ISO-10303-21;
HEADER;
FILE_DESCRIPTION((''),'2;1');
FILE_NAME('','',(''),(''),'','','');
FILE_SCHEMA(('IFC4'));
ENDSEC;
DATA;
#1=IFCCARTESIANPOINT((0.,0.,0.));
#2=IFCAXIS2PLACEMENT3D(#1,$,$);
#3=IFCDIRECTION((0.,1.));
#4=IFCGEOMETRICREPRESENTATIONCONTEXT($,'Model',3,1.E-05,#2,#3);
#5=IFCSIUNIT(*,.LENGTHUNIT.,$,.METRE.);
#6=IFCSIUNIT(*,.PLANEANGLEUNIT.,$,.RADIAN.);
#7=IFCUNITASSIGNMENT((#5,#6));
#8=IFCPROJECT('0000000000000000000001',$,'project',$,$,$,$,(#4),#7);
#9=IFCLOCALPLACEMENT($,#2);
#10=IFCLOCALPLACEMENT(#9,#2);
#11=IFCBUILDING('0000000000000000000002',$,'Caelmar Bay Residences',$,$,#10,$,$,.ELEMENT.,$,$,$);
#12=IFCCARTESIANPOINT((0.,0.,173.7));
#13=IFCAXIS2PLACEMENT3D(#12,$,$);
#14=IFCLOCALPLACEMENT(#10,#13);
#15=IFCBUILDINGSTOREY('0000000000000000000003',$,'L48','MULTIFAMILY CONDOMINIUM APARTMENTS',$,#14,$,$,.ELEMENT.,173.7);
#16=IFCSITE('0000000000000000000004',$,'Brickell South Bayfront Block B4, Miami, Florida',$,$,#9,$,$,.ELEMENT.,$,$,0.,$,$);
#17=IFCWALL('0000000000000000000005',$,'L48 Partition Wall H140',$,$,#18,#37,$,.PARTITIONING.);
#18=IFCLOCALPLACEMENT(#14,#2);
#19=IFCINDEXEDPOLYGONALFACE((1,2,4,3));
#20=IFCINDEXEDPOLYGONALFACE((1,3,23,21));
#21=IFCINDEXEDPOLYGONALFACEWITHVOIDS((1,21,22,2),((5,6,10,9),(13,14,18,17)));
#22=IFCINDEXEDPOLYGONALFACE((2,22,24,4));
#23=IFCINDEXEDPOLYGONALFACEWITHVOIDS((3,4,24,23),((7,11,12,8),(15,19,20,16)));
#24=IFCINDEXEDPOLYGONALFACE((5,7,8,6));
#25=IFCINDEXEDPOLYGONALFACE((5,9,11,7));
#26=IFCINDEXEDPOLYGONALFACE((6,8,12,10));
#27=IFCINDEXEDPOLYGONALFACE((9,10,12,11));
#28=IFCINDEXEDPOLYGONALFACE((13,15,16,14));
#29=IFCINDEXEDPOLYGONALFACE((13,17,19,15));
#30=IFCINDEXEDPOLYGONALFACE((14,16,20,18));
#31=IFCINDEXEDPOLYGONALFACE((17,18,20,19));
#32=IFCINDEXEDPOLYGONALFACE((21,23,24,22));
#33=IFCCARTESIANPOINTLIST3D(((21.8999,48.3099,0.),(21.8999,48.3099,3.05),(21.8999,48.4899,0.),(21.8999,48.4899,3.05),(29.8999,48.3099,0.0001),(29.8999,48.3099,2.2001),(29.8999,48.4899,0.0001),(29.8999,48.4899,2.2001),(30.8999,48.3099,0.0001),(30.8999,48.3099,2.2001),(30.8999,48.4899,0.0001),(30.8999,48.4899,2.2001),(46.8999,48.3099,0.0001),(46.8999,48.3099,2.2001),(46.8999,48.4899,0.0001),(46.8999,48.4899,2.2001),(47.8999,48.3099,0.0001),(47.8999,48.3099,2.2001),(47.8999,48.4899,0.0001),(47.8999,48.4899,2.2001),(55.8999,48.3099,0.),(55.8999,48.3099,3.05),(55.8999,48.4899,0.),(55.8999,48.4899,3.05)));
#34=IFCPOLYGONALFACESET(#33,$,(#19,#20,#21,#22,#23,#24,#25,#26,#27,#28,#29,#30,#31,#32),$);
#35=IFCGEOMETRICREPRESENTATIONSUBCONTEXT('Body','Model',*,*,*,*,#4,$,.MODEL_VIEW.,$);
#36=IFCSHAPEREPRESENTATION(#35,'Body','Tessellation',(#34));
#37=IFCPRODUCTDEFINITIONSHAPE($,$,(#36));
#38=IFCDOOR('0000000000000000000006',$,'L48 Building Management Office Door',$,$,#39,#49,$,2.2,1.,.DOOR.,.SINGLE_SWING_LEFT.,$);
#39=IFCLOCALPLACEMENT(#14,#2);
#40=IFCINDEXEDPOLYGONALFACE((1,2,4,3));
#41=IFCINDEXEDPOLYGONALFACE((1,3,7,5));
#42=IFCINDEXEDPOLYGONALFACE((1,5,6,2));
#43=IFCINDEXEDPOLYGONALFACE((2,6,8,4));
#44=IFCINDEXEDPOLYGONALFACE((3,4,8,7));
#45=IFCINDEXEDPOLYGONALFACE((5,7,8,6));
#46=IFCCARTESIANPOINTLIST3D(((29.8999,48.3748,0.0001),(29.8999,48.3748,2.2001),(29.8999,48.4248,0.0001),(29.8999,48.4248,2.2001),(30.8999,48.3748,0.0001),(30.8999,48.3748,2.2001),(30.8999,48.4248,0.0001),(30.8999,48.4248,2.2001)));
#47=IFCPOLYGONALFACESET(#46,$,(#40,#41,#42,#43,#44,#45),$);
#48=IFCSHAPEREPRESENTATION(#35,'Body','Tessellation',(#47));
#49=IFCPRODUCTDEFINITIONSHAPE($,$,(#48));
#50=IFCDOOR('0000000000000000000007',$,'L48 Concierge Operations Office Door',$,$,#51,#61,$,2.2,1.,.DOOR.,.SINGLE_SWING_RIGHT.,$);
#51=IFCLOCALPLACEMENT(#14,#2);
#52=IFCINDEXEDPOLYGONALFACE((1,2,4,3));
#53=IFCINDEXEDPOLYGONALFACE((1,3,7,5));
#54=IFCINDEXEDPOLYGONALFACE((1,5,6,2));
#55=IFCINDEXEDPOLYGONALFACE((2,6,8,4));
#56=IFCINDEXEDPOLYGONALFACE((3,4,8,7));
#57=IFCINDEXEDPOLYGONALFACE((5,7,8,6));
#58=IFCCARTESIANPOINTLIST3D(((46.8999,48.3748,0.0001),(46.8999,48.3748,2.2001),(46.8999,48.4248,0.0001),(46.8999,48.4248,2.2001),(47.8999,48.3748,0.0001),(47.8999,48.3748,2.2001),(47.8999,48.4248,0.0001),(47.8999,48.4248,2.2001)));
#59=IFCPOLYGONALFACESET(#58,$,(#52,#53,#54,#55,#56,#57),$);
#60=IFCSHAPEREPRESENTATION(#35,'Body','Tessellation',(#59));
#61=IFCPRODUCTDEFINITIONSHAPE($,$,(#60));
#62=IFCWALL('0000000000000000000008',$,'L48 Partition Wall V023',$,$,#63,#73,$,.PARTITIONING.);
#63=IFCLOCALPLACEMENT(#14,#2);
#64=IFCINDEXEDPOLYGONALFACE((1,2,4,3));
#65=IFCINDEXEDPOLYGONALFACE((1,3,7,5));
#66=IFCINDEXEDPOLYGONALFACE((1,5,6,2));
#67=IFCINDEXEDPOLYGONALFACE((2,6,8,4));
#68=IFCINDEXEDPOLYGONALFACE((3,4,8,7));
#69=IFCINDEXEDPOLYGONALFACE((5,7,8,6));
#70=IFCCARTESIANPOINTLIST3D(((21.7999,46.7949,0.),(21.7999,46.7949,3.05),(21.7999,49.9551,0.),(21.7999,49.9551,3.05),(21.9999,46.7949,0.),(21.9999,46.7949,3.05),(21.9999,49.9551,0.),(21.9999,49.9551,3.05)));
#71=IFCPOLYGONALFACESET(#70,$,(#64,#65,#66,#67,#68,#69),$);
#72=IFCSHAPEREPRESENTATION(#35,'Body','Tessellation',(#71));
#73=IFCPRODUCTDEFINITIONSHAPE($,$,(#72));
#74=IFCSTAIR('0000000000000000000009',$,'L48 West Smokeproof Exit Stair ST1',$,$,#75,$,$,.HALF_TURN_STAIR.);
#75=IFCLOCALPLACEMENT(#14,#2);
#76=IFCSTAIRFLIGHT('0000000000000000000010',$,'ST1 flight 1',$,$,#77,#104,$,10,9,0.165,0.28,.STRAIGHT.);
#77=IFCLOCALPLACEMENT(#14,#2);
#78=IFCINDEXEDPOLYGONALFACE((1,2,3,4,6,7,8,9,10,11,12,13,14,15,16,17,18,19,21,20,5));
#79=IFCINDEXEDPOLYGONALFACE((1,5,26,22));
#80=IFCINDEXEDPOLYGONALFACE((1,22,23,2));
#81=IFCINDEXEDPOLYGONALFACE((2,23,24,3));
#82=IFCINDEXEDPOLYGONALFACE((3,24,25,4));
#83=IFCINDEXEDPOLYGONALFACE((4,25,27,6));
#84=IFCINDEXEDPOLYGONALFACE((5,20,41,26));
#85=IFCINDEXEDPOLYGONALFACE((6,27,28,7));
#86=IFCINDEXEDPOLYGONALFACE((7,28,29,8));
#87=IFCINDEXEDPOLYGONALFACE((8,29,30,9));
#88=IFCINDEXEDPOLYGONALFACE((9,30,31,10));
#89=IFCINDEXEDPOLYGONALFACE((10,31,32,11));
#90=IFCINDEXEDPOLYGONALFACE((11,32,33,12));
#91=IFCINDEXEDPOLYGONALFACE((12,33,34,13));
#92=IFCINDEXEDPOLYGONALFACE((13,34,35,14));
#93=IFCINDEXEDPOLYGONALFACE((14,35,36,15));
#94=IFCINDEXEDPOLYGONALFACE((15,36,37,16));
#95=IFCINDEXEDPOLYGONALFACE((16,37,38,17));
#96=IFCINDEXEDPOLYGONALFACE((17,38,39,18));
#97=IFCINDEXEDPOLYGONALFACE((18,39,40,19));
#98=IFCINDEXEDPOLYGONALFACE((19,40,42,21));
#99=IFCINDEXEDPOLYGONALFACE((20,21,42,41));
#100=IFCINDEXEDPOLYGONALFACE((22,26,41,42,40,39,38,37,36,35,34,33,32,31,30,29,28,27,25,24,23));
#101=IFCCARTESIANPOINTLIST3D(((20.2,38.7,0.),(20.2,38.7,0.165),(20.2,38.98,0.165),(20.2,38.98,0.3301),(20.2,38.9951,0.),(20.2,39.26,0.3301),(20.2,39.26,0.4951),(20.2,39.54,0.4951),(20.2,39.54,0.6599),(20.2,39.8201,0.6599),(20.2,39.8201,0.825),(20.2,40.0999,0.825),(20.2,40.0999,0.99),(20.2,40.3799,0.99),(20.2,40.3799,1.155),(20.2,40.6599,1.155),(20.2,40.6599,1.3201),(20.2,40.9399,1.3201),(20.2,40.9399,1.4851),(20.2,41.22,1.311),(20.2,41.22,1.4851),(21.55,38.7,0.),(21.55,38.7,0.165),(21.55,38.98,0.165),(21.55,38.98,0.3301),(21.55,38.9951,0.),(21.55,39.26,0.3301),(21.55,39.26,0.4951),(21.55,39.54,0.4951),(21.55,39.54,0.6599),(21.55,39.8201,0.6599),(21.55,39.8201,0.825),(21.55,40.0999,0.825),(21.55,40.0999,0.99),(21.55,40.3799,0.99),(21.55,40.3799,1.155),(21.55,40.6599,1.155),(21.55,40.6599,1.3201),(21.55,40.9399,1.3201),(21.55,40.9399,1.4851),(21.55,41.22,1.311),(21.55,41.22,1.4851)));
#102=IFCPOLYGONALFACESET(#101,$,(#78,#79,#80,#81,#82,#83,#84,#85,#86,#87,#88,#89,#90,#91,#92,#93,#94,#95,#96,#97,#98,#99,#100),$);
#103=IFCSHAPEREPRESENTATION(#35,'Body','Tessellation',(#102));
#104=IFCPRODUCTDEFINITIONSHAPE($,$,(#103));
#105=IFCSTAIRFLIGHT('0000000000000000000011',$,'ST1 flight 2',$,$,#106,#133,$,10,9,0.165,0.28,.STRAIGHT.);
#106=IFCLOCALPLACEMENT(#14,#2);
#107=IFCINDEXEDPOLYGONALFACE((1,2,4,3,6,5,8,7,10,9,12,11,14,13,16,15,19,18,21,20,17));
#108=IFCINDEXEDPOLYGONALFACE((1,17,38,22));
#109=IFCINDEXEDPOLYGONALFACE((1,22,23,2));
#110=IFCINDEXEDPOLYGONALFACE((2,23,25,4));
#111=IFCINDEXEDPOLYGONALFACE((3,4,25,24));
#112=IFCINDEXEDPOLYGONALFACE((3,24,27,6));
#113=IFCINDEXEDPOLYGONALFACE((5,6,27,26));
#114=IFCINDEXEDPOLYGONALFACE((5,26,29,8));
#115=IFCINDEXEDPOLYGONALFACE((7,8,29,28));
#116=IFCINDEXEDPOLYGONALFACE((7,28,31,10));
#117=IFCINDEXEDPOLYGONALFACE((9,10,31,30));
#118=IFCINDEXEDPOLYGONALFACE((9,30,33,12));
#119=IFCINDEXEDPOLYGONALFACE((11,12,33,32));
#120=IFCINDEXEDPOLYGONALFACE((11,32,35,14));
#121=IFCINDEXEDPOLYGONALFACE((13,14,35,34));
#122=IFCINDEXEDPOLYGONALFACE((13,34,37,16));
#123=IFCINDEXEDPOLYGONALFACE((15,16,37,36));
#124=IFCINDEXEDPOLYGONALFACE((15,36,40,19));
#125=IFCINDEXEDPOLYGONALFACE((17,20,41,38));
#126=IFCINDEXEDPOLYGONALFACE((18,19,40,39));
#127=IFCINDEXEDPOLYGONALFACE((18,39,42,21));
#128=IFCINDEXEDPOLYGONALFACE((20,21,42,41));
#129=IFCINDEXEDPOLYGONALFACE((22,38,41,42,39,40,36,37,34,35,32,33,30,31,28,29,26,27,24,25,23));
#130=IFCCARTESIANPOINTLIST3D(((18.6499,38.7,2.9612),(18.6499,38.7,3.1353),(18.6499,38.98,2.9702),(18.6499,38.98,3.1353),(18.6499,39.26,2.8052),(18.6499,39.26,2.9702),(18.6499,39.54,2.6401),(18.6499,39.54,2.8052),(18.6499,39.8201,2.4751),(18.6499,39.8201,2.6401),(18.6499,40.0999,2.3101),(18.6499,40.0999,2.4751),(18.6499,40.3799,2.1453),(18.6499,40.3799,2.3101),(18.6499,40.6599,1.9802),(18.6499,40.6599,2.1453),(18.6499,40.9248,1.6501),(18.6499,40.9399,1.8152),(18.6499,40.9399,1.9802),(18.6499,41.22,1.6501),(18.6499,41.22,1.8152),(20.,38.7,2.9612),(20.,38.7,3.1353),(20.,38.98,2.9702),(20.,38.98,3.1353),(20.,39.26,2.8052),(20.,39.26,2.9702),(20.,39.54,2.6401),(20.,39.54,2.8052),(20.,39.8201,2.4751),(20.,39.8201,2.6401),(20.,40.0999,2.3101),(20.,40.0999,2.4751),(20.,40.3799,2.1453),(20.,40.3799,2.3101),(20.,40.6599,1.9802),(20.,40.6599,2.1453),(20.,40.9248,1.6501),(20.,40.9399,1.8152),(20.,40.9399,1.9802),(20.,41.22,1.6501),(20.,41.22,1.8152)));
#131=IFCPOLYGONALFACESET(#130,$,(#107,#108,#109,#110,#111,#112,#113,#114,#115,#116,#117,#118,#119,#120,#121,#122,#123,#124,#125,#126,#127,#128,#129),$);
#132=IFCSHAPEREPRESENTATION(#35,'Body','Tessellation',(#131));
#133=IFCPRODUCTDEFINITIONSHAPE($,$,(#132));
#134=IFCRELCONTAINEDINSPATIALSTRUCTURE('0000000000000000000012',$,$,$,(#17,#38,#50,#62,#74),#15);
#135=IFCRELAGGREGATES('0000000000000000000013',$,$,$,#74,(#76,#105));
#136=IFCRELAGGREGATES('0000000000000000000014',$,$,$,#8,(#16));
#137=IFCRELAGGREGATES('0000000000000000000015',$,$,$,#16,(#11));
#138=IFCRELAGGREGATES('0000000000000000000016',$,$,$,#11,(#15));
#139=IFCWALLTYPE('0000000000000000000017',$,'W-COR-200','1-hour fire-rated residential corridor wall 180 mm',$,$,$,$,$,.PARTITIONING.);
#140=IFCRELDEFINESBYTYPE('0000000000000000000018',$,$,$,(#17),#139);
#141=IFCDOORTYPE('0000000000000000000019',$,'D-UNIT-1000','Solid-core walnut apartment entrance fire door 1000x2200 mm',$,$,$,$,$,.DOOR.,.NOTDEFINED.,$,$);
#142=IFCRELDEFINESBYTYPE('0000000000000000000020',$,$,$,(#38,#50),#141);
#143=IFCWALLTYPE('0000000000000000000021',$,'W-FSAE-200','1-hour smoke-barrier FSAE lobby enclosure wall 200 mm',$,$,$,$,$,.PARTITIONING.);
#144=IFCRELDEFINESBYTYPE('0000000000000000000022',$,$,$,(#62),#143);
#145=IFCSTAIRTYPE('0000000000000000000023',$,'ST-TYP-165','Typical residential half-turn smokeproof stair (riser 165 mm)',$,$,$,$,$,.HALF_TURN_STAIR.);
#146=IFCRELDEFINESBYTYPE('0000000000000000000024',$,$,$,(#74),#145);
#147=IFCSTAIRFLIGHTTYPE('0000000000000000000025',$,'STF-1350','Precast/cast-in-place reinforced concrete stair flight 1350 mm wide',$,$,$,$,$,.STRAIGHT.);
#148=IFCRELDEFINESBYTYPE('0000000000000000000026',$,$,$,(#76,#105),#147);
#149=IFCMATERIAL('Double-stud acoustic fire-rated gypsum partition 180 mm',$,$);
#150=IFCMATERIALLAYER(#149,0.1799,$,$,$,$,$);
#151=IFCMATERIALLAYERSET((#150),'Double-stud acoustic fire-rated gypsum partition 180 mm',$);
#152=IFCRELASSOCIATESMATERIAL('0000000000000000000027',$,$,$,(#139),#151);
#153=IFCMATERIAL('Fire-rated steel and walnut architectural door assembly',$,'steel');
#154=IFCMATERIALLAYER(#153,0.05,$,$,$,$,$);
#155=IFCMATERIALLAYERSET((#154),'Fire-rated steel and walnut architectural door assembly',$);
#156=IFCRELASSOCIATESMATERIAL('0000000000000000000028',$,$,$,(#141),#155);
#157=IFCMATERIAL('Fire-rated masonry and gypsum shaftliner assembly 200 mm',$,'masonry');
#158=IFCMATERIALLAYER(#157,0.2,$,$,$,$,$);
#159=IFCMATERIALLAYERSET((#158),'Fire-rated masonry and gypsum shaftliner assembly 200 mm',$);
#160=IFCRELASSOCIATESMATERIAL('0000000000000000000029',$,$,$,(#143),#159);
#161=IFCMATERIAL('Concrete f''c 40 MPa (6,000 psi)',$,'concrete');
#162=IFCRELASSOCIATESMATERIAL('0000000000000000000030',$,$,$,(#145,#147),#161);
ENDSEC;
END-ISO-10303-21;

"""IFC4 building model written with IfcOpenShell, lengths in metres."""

from ifc_helpers import new_model, si_unit, direction, frame, frame_2d, origin, place, context, subcontext, project, spatial, polyline, rectangle, outline, extrude, material, layer, layer_set, type_object, element, fill, aggregate, save


model = new_model("IFC4")

# Units and contexts
model_context = context("Model", 3, precision=1e-05, world=origin(), true_north=direction((0.0, 1.0)))
body_context = subcontext(model_context, "Body", "Model", "MODEL_VIEW")
ifc_project = project(units=[si_unit("LENGTHUNIT", "METRE"), si_unit("PLANEANGLEUNIT", "RADIAN")], contexts=[model_context])

# Site, building, storey
site_placement = place(None, origin())
site = spatial("IfcSite", under=ifc_project, at=site_placement, Name="Brickell South Bayfront Block B4, Miami, Florida", CompositionType="ELEMENT", RefElevation=0.0)
building_placement = place(site_placement, origin())
building = spatial("IfcBuilding", under=site, at=building_placement, Name="Caelmar Bay Residences", CompositionType="ELEMENT")
storey_placement = place(building_placement, frame((0.0, 0.0, 173.7)))
storey = spatial("IfcBuildingStorey", under=building, at=storey_placement, Name="L48", Description="MULTIFAMILY CONDOMINIUM APARTMENTS", CompositionType="ELEMENT", Elevation=173.7)

# Shared definitions
ifc_material_1 = material(Name="Fire-rated steel and walnut architectural door assembly", Category="steel")

# Wall, openings, doors
ifc_material_2 = material(Name="Double-stud acoustic fire-rated gypsum partition 180 mm")
ifc_layer_1 = layer(ifc_material_2, 0.1799)
ifc_layer_set_1 = layer_set([ifc_layer_1], Name="Double-stud acoustic fire-rated gypsum partition 180 mm")
wall_type_1 = type_object("IfcWallType", Name="W-COR-200", Description="1-hour fire-rated residential corridor wall 180 mm", PredefinedType="PARTITIONING", material=ifc_layer_set_1)
ifc_layer_2 = layer(ifc_material_1, 0.05)
ifc_layer_set_2 = layer_set([ifc_layer_2], Name="Fire-rated steel and walnut architectural door assembly")
door_type_1 = type_object("IfcDoorType", Name="D-UNIT-1000", Description="Solid-core walnut apartment entrance fire door 1000x2200 mm", OperationType="NOTDEFINED", PredefinedType="DOOR", material=ifc_layer_set_2)
wall_1_placement = place(storey_placement, frame((21.8999, 48.3999, 0.0), z_axis=(0.0, 0.0, 1.0), x_axis=(1.0, 0.0, 0.0)))
wall_1 = element("IfcWall", 1, at=wall_1_placement, inside=storey, type_object=wall_type_1, Name="L48 Partition Wall H140", PredefinedType="PARTITIONING", context=body_context, shape_type="SweptSolid", body=[
    extrude(rectangle(XDim=34.0, YDim=0.1799, at=frame_2d((17.0, 0.0))), origin(), (0.0, 0.0, 1.0), 3.05),
])
opening_1_placement = place(wall_1_placement, frame((8.0, 0.0, 0.0)))
opening_1 = element("IfcOpeningElement", 2, at=opening_1_placement, cuts=wall_1, PredefinedType="OPENING", context=body_context, shape_type="SweptSolid", body=[
    extrude(rectangle(XDim=1.0, YDim=2.2, at=frame_2d((0.5, 1.1001))), frame((0.0, 0.0999, 0.0), z_axis=(0.0, -1.0, 0.0), x_axis=(1.0, 0.0, 0.0)), (0.0, 0.0, 1.0), 0.2),
])
opening_2_placement = place(wall_1_placement, frame((25.0, 0.0, 0.0)))
opening_2 = element("IfcOpeningElement", 3, at=opening_2_placement, cuts=wall_1, PredefinedType="OPENING", context=body_context, shape_type="SweptSolid", body=[
    extrude(rectangle(XDim=1.0, YDim=2.2, at=frame_2d((0.5, 1.1001))), frame((0.0, 0.0999, 0.0), z_axis=(0.0, -1.0, 0.0), x_axis=(1.0, 0.0, 0.0)), (0.0, 0.0, 1.0), 0.2),
])
door_1_placement = place(opening_1_placement, origin())
door_1 = element("IfcDoor", 4, at=door_1_placement, inside=storey, type_object=door_type_1, Name="L48 Building Management Office Door", OperationType="SINGLE_SWING_LEFT", OverallHeight=2.2, OverallWidth=1.0, PredefinedType="DOOR", context=body_context, shape_type="SweptSolid", body=[
    extrude(rectangle(XDim=1.0, YDim=2.2, at=frame_2d((0.5, 1.1001))), frame((0.0, 0.0249, 0.0), z_axis=(0.0, -1.0, 0.0), x_axis=(1.0, 0.0, 0.0)), (0.0, 0.0, 1.0), 0.05),
])
fill(opening_1, door_1)
door_2_placement = place(opening_2_placement, origin())
door_2 = element("IfcDoor", 5, at=door_2_placement, inside=storey, type_object=door_type_1, Name="L48 Concierge Operations Office Door", OperationType="SINGLE_SWING_RIGHT", OverallHeight=2.2, OverallWidth=1.0, PredefinedType="DOOR", context=body_context, shape_type="SweptSolid", body=[
    extrude(rectangle(XDim=1.0, YDim=2.2, at=frame_2d((0.5, 1.1001))), frame((0.0, 0.0249, 0.0), z_axis=(0.0, -1.0, 0.0), x_axis=(1.0, 0.0, 0.0)), (0.0, 0.0, 1.0), 0.05),
])
fill(opening_2, door_2)

# Wall
ifc_material_3 = material(Name="Fire-rated masonry and gypsum shaftliner assembly 200 mm", Category="masonry")
ifc_layer_3 = layer(ifc_material_3, 0.2)
ifc_layer_set_3 = layer_set([ifc_layer_3], Name="Fire-rated masonry and gypsum shaftliner assembly 200 mm")
wall_type_2 = type_object("IfcWallType", Name="W-FSAE-200", Description="1-hour smoke-barrier FSAE lobby enclosure wall 200 mm", PredefinedType="PARTITIONING", material=ifc_layer_set_3)
wall_2_placement = place(storey_placement, frame((21.8999, 46.7949, 0.0), z_axis=(0.0, 0.0, 1.0), x_axis=(0.0, 1.0, 0.0)))
element("IfcWall", 6, at=wall_2_placement, inside=storey, type_object=wall_type_2, Name="L48 Partition Wall V023", PredefinedType="PARTITIONING", context=body_context, shape_type="SweptSolid", body=[
    extrude(rectangle(XDim=3.1602, YDim=0.2, at=frame_2d((1.5801, 0.0))), origin(), (0.0, 0.0, 1.0), 3.05),
])

# Stair, stair flights
ifc_material_4 = material(Name="Concrete f'c 40 MPa (6,000 psi)", Category="concrete")
stair_type = type_object("IfcStairType", Name="ST-TYP-165", Description="Typical residential half-turn smokeproof stair (riser 165 mm)", PredefinedType="HALF_TURN_STAIR", material=ifc_material_4)
stair_placement = place(storey_placement, origin())
stair = element("IfcStair", 7, at=stair_placement, inside=storey, type_object=stair_type, Name="L48 West Smokeproof Exit Stair ST1", PredefinedType="HALF_TURN_STAIR")
stair_flight_type = type_object("IfcStairFlightType", Name="STF-1350", Description="Precast/cast-in-place reinforced concrete stair flight 1350 mm wide", PredefinedType="STRAIGHT", material=ifc_material_4)
stair_flight_1_placement = place(storey_placement, frame((20.875, 38.7, 0.0), z_axis=(0.0, 0.0, 1.0), x_axis=(0.0, 1.0, 0.0)))
stair_flight_1 = element("IfcStairFlight", 8, at=stair_flight_1_placement, type_object=stair_flight_type, Name="ST1 flight 1", NumberOfRisers=10, NumberOfTreads=9, PredefinedType="STRAIGHT", RiserHeight=0.165, TreadLength=0.28, context=body_context, shape_type="SweptSolid", body=[
    extrude(outline(polyline([(0.0, 0.0), (0.0, 0.165), (0.28, 0.165), (0.28, 0.3301), (0.5601, 0.3301), (0.5601, 0.4951), (0.8401, 0.4951), (0.8401, 0.6599), (1.1201, 0.6599), (1.1201, 0.825), (1.3999, 0.825), (1.3999, 0.99), (1.6799, 0.99), (1.6799, 1.155), (1.96, 1.155), (1.96, 1.3201), (2.24, 1.3201), (2.24, 1.4851), (2.52, 1.4851), (2.52, 1.6499), (2.52, 1.311), (0.2952, 0.0), (0.0, 0.0)])), frame((0.0, 0.675, 0.0), z_axis=(0.0, -1.0, 0.0), x_axis=(1.0, 0.0, 0.0)), (0.0, 0.0, 1.0), 1.3501),
])
stair_flight_2_placement = place(storey_placement, frame((19.325, 41.22, 1.6501), z_axis=(0.0, 0.0, 1.0), x_axis=(0.0, -1.0, 0.0)))
stair_flight_2 = element("IfcStairFlight", 9, at=stair_flight_2_placement, type_object=stair_flight_type, Name="ST1 flight 2", NumberOfRisers=10, NumberOfTreads=9, PredefinedType="STRAIGHT", RiserHeight=0.165, TreadLength=0.28, context=body_context, shape_type="SweptSolid", body=[
    extrude(outline(polyline([(0.0, 0.0), (0.0, 0.165), (0.28, 0.165), (0.28, 0.3301), (0.5601, 0.3301), (0.5601, 0.4951), (0.8401, 0.4951), (0.8401, 0.6599), (1.1201, 0.6599), (1.1201, 0.825), (1.3999, 0.825), (1.3999, 0.99), (1.6799, 0.99), (1.6799, 1.155), (1.96, 1.155), (1.96, 1.3201), (2.24, 1.3201), (2.24, 1.4851), (2.52, 1.4851), (2.52, 1.6499), (2.52, 1.311), (0.2952, 0.0), (0.0, 0.0)])), frame((0.0, 0.675, 0.0), z_axis=(0.0, -1.0, 0.0), x_axis=(1.0, 0.0, 0.0)), (0.0, 0.0, 1.0), 1.3501),
])
aggregate(stair, [stair_flight_1, stair_flight_2])

save(model, "model.ifc")
